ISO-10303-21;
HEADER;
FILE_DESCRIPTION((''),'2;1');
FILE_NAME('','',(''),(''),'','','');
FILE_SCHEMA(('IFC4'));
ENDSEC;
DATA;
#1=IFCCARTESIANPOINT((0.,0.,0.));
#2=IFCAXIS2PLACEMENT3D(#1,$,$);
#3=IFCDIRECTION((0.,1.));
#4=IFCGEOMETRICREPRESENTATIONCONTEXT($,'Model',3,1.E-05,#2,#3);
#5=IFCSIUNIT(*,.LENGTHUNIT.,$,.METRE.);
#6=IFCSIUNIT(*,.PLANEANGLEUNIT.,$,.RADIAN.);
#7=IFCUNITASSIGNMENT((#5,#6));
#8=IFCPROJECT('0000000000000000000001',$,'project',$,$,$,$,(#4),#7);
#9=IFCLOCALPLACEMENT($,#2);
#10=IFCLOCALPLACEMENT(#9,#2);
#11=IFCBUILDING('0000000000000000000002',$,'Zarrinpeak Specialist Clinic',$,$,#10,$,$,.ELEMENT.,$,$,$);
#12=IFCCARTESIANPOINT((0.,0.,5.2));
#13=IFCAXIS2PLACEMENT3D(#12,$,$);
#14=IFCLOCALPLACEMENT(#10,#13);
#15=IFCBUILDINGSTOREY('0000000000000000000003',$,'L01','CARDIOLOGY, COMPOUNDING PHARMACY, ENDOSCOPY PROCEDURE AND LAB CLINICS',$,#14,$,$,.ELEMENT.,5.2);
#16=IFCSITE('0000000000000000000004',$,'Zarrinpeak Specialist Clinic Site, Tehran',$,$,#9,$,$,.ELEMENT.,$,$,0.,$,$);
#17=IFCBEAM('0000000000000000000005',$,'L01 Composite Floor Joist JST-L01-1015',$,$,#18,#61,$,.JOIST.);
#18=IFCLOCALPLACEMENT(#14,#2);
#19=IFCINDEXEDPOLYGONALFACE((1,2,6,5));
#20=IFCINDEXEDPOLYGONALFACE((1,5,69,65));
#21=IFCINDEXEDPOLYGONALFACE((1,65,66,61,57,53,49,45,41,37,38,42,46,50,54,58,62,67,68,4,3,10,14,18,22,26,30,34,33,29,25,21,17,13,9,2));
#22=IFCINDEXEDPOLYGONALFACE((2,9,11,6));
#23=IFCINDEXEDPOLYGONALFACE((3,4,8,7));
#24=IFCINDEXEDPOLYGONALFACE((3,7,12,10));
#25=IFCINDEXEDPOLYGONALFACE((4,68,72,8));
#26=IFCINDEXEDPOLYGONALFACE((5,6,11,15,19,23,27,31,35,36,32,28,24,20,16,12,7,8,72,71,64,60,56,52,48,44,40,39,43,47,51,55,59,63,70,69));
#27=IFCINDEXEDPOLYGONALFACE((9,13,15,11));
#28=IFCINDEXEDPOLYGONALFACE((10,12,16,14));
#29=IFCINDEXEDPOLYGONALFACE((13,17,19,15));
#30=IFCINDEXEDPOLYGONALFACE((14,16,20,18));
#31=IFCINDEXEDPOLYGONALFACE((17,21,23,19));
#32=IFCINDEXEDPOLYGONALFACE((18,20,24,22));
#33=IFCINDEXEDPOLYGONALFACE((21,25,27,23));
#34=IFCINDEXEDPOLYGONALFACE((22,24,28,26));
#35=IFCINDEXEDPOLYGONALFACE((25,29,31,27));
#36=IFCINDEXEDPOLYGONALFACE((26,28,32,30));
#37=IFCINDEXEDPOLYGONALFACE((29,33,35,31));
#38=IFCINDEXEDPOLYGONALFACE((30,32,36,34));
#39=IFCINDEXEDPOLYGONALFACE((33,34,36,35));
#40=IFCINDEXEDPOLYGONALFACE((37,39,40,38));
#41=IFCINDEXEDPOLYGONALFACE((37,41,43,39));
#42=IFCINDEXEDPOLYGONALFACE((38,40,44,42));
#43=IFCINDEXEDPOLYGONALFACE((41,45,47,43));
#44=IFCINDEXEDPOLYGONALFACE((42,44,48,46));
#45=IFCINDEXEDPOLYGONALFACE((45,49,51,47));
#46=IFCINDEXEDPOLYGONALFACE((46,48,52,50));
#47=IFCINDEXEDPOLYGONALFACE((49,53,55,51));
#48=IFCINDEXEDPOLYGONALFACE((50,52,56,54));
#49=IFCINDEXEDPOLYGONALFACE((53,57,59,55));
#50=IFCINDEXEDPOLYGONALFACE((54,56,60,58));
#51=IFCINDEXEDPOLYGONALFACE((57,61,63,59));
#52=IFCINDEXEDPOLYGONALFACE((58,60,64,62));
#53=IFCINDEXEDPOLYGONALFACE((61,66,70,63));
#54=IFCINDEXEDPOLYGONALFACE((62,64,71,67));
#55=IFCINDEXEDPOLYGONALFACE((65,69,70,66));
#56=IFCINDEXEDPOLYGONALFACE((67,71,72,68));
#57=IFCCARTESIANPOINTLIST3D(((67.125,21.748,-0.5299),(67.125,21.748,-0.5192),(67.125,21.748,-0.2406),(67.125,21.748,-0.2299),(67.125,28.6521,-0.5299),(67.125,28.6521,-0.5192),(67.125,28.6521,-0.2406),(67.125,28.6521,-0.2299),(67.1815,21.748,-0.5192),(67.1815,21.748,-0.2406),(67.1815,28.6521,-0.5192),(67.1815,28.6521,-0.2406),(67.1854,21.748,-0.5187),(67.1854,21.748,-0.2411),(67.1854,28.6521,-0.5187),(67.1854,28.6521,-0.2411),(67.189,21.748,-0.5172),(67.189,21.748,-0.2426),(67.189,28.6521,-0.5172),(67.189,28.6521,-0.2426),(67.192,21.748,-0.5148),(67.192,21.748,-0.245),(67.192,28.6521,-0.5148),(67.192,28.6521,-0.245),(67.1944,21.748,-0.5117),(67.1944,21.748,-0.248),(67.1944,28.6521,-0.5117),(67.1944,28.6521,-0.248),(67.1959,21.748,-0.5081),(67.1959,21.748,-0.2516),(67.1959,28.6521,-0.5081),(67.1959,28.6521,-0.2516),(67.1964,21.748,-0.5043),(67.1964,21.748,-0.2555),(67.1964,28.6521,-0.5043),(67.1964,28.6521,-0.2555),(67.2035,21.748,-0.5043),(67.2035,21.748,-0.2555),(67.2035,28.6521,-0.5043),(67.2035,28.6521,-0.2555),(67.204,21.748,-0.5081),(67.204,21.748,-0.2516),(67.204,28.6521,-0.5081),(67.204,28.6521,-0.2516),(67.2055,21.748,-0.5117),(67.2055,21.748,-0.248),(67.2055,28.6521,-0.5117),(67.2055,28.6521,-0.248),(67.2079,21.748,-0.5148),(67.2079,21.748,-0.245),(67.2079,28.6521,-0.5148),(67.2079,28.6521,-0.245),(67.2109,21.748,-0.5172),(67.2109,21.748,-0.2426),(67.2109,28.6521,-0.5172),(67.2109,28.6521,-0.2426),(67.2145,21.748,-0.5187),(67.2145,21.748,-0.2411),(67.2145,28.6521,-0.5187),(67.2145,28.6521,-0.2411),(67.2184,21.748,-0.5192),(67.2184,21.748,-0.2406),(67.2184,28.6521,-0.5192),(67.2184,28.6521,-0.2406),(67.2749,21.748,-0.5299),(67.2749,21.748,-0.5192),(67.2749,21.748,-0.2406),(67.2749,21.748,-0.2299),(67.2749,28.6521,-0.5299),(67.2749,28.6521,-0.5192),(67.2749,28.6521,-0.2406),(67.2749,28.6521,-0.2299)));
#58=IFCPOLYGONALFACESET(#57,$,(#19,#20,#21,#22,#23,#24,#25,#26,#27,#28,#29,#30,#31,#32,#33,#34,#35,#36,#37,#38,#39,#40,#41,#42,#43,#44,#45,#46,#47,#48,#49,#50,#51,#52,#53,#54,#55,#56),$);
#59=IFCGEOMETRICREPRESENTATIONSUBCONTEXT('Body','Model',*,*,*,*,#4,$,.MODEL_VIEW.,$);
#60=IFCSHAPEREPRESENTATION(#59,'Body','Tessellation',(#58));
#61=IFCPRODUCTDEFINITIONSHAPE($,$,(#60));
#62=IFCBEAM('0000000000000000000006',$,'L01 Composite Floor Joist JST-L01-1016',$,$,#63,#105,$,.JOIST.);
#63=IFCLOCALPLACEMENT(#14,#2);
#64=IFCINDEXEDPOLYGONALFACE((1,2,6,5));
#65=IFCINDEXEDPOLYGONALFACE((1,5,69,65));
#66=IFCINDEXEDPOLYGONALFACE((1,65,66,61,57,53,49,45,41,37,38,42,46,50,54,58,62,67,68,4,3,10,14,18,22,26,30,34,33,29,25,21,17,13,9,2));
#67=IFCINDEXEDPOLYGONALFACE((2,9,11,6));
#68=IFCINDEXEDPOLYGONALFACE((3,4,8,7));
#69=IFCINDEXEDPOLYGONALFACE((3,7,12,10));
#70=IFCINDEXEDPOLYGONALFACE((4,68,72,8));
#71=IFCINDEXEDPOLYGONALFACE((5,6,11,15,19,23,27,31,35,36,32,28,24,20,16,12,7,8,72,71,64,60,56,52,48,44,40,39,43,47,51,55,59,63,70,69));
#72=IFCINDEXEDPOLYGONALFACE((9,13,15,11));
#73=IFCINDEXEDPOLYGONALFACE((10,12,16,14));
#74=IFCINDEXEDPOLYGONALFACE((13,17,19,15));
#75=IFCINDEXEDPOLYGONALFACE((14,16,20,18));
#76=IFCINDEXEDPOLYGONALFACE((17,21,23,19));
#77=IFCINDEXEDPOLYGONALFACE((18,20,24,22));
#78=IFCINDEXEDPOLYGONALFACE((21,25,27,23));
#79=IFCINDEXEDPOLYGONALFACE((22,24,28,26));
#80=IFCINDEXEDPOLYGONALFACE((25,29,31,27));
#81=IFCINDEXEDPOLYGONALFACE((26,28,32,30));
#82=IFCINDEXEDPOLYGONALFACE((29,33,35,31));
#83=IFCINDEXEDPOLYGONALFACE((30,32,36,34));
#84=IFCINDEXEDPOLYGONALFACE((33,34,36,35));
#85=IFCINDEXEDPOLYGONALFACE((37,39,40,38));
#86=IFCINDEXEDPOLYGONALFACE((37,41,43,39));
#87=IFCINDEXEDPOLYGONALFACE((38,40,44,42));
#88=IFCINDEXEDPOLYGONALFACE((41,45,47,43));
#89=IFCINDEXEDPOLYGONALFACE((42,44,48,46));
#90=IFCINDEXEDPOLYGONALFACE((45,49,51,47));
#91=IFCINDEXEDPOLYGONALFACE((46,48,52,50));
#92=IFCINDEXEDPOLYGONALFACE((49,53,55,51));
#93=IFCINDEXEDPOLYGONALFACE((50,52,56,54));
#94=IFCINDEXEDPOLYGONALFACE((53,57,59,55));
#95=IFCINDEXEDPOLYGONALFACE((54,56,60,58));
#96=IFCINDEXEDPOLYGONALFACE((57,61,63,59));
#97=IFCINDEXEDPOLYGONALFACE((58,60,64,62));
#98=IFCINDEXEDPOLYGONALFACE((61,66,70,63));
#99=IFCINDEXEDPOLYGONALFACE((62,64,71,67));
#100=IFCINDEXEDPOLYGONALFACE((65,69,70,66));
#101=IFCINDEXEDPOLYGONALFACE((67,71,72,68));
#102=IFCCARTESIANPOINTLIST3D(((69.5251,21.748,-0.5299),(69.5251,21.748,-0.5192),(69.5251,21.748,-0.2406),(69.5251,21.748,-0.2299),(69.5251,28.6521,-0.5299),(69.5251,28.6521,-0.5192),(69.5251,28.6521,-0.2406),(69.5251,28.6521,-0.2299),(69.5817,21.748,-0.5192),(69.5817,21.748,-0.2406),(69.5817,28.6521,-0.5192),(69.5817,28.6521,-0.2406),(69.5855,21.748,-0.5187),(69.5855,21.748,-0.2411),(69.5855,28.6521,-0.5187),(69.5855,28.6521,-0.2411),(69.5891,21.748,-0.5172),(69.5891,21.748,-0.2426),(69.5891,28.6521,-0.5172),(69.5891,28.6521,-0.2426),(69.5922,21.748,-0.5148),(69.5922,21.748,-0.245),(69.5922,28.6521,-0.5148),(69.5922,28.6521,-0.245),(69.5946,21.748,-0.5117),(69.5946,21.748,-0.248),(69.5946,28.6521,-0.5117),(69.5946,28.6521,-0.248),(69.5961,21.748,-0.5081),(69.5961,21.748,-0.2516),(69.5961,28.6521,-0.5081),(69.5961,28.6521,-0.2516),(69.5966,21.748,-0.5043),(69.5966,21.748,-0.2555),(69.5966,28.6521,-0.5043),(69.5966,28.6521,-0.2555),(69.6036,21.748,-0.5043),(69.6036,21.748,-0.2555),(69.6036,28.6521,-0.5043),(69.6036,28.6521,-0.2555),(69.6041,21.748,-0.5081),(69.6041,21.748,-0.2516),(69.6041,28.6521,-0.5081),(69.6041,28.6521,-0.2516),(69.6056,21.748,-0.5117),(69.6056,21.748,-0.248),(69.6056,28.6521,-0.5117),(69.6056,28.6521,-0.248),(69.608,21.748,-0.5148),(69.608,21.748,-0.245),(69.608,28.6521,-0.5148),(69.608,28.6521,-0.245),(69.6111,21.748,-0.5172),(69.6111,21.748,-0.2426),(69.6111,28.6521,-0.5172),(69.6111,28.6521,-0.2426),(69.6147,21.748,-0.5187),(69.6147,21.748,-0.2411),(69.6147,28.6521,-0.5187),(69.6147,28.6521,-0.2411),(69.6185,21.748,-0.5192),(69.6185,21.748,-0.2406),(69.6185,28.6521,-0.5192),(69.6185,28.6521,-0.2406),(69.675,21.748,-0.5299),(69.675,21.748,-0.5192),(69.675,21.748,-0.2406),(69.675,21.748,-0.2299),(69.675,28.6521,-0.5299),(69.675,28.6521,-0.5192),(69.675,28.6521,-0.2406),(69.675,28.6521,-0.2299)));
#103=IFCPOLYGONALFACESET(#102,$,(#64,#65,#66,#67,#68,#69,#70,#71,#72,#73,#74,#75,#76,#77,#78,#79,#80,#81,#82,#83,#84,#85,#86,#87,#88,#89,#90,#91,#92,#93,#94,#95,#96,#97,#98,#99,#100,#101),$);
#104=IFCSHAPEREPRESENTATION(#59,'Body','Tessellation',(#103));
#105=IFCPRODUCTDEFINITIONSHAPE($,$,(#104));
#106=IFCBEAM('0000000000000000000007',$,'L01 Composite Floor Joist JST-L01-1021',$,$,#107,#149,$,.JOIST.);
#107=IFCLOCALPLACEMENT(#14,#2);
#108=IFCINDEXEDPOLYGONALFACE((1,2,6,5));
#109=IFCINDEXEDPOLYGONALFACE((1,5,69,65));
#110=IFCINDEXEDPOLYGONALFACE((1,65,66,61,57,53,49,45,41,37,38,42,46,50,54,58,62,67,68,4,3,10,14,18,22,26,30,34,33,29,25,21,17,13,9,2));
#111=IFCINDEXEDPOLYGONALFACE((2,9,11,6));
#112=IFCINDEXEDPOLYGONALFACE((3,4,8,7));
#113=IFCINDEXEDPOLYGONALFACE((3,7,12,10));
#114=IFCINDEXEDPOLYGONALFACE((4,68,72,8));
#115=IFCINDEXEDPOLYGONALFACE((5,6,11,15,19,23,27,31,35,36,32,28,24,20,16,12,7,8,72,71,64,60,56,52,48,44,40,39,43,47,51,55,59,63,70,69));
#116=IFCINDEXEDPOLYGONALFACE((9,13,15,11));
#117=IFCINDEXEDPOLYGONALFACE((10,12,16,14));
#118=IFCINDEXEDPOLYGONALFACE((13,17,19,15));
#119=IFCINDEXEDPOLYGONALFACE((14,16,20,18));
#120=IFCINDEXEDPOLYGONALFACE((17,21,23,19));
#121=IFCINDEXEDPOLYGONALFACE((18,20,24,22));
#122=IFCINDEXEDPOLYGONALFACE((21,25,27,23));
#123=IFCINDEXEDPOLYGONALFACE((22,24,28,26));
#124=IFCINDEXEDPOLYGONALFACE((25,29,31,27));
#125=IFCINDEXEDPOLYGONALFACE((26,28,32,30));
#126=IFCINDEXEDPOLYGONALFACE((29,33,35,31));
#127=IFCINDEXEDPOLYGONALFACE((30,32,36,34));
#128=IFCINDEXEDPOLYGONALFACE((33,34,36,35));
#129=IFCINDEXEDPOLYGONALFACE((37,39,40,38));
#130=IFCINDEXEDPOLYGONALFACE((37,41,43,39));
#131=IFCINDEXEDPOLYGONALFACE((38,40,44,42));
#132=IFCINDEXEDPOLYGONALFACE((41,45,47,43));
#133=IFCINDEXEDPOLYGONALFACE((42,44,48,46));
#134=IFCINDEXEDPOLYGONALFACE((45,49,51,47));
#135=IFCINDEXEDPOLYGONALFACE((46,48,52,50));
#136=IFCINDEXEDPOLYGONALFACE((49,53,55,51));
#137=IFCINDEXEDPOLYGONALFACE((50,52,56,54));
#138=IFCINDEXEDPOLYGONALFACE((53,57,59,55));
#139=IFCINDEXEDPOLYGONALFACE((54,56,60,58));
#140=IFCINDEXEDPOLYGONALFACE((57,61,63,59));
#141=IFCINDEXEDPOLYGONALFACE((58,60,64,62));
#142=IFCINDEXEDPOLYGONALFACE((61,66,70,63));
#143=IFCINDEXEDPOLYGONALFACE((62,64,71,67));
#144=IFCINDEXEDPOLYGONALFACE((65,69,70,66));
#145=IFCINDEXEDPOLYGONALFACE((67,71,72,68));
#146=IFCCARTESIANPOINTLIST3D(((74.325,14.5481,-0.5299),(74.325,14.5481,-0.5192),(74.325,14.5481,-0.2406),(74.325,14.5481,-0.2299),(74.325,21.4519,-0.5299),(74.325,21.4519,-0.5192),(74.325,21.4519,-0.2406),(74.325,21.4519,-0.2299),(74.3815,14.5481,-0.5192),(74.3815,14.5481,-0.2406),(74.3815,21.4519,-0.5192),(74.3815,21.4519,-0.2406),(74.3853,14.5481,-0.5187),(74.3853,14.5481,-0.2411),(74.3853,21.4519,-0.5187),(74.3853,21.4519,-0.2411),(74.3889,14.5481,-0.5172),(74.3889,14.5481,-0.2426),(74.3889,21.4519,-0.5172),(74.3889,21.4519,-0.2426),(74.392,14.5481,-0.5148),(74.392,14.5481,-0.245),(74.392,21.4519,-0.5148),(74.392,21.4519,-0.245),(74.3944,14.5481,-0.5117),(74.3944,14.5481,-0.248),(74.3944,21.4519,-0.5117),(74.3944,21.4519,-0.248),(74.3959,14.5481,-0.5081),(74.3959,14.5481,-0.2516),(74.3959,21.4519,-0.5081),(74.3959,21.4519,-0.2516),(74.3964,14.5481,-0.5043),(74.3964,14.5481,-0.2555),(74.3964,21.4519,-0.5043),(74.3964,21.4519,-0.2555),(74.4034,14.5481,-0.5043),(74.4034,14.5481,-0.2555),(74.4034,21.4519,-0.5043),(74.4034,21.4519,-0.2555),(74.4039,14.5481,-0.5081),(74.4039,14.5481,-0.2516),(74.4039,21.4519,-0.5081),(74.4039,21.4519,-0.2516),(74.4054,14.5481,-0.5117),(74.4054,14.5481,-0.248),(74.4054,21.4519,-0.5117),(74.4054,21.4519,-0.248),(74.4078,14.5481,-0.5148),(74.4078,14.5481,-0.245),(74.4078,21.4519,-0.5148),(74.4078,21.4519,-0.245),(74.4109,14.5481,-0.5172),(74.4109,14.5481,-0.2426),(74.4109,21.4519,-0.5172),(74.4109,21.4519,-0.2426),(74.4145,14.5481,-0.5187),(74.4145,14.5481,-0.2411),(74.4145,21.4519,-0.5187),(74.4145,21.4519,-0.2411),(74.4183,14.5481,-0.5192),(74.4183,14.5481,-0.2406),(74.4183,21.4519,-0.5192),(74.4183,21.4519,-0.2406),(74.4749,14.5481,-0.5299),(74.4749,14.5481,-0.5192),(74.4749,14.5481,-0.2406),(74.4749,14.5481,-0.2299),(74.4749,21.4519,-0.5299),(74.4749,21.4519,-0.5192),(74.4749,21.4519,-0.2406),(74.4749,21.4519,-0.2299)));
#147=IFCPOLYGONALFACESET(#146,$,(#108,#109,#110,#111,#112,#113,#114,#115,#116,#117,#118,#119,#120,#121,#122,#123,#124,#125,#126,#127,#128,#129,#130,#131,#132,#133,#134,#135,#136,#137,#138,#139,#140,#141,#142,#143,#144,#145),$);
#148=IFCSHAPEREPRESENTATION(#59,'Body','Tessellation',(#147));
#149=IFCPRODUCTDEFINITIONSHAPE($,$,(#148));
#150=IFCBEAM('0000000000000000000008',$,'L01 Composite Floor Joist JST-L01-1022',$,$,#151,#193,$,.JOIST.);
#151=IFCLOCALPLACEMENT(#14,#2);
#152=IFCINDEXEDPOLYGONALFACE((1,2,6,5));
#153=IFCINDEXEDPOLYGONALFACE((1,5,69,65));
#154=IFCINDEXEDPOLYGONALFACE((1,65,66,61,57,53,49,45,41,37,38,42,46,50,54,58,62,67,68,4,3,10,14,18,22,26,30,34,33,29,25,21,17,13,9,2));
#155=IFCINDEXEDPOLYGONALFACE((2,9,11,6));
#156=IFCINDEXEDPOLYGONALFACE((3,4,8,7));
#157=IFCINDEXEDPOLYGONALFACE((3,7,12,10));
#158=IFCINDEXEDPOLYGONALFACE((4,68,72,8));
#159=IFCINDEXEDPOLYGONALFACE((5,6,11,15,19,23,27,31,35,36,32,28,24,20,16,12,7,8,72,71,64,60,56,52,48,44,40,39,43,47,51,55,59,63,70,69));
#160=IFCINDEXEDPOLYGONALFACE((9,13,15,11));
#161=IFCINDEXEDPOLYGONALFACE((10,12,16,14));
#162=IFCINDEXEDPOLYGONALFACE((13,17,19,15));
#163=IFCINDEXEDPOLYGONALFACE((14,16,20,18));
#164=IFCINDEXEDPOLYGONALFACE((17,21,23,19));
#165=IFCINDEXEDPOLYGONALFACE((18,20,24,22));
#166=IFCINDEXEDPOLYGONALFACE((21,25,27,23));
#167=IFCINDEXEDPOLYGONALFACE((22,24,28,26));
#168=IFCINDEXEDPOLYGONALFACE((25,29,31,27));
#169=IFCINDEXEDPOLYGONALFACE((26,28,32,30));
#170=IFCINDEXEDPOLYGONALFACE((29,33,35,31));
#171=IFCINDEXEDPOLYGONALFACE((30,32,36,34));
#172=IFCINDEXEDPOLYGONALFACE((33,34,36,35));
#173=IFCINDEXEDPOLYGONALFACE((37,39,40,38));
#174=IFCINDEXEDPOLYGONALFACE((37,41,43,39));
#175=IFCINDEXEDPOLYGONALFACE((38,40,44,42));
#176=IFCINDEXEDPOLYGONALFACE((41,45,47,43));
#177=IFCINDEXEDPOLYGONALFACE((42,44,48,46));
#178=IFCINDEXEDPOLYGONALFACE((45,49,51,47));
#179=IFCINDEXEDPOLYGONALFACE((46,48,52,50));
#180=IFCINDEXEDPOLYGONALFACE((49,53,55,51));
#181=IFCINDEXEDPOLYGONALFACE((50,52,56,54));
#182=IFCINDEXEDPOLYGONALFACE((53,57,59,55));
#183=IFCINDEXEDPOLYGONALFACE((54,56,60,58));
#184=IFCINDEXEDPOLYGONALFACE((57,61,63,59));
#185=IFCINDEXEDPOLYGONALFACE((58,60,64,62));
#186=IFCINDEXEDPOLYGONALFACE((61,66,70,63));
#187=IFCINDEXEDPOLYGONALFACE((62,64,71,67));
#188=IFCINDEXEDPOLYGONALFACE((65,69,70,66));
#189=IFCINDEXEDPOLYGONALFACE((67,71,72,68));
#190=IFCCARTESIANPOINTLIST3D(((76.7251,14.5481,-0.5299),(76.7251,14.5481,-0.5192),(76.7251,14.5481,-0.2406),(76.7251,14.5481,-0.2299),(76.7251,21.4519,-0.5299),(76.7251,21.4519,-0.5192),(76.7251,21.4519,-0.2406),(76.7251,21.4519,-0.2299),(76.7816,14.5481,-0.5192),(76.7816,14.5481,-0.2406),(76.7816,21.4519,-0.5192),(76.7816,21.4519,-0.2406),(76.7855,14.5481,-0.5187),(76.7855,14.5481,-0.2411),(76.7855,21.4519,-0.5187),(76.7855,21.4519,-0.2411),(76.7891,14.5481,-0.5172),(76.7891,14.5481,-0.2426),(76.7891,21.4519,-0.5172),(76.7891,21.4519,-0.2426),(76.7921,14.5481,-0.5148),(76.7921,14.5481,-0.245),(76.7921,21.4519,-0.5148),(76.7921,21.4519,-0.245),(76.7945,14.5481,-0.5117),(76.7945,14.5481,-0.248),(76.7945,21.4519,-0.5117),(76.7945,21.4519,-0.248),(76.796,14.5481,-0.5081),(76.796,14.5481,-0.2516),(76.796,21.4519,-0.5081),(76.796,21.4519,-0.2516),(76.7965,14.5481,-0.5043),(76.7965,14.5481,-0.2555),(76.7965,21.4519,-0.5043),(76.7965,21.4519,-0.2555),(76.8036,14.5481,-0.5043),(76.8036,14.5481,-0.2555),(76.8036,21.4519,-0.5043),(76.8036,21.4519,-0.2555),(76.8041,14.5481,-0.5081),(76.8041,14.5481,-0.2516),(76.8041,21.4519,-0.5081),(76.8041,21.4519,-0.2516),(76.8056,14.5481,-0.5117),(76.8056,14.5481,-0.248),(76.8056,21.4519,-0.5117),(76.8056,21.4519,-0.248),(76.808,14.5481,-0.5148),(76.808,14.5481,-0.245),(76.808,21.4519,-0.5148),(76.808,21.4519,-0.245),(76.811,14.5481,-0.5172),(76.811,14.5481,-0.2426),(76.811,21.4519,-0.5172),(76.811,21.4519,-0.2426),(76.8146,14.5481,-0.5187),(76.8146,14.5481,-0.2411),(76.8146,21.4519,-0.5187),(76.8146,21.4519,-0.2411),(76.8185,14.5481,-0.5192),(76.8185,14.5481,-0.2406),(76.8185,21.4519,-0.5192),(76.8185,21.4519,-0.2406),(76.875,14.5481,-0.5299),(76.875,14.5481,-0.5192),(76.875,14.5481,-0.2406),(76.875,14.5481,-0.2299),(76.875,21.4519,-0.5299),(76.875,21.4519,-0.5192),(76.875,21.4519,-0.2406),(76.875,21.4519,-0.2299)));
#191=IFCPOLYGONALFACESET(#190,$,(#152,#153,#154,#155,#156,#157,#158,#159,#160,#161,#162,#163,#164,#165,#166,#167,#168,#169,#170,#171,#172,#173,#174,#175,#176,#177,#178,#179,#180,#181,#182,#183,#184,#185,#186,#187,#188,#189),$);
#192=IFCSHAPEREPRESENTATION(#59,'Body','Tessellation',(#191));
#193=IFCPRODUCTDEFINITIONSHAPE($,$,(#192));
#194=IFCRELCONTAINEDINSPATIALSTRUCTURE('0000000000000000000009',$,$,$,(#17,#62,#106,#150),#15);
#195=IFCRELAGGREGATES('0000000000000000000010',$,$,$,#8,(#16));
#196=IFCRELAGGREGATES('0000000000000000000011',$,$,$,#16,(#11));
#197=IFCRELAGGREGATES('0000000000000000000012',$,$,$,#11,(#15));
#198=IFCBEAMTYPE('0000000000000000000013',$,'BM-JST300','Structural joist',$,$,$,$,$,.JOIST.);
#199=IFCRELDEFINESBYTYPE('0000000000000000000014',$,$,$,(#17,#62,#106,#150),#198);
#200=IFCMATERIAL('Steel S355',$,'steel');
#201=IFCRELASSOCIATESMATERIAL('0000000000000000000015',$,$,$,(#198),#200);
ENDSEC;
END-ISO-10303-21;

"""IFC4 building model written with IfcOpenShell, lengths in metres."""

from ifc_helpers import new_model, si_unit, direction, frame, origin, origin_2d, place, context, subcontext, project, spatial, i_section, extrude, material, material_profile, profile_set, type_object, element, save


model = new_model("IFC4")

# Units and contexts
model_context = context("Model", 3, precision=1e-05, world=origin(), true_north=direction((0.0, 1.0)))
body_context = subcontext(model_context, "Body", "Model", "MODEL_VIEW")
ifc_project = project(units=[si_unit("LENGTHUNIT", "METRE"), si_unit("PLANEANGLEUNIT", "RADIAN")], contexts=[model_context])

# Site, building, storey
site_placement = place(None, origin())
site = spatial("IfcSite", under=ifc_project, at=site_placement, Name="Zarrinpeak Specialist Clinic Site, Tehran", CompositionType="ELEMENT", RefElevation=0.0)
building_placement = place(site_placement, origin())
building = spatial("IfcBuilding", under=site, at=building_placement, Name="Zarrinpeak Specialist Clinic", CompositionType="ELEMENT")
storey_placement = place(building_placement, frame((0.0, 0.0, 5.2)))
storey = spatial("IfcBuildingStorey", under=building, at=storey_placement, Name="L01", Description="CARDIOLOGY, COMPOUNDING PHARMACY, ENDOSCOPY PROCEDURE AND LAB CLINICS", CompositionType="ELEMENT", Elevation=5.2)

# Shared definitions
ifc_material_1 = material(Name="Steel S355", Category="steel")

# Beams
ifc_material_profile_1 = material_profile(ifc_material_1, i_section(OverallWidth=0.1499, OverallDepth=0.3, WebThickness=0.0071, FlangeThickness=0.0107, FilletRadius=0.0149, at=origin_2d()), Name="IPE 300")
ifc_profile_set_1 = profile_set([ifc_material_profile_1], Name="Steel S355")
beam_type_1 = type_object("IfcBeamType", Name="BM-JST300", Description="Structural joist", PredefinedType="JOIST", material=ifc_profile_set_1)
for number, where, z_axis, x_axis, name in (
    (1, (67.2, 21.748, -0.3799), (0.0, 1.0, 0.0), (-1.0, 0.0, 0.0), "L01 Composite Floor Joist JST-L01-1015"),
    (2, (69.6001, 21.748, -0.3799), (0.0, 1.0, 0.0), (-1.0, 0.0, 0.0), "L01 Composite Floor Joist JST-L01-1016"),
):
    element("IfcBeam", number, at=place(storey_placement, frame(where, z_axis=z_axis, x_axis=x_axis)), inside=storey, type_object=beam_type_1, Name=name, PredefinedType="JOIST", context=body_context, shape_type="SweptSolid", body=[
        extrude(i_section(OverallWidth=0.1499, OverallDepth=0.3, WebThickness=0.0071, FlangeThickness=0.0107, FilletRadius=0.0149, at=origin_2d()), origin(), (0.0, 0.0, 1.0), 6.9041),
    ])
for number, where, z_axis, x_axis, name in (
    (3, (74.3999, 14.5481, -0.3799), (0.0, 1.0, 0.0), (-1.0, 0.0, 0.0), "L01 Composite Floor Joist JST-L01-1021"),
    (4, (76.8, 14.5481, -0.3799), (0.0, 1.0, 0.0), (-1.0, 0.0, 0.0), "L01 Composite Floor Joist JST-L01-1022"),
):
    element("IfcBeam", number, at=place(storey_placement, frame(where, z_axis=z_axis, x_axis=x_axis)), inside=storey, type_object=beam_type_1, Name=name, PredefinedType="JOIST", context=body_context, shape_type="SweptSolid", body=[
        extrude(i_section(OverallWidth=0.1499, OverallDepth=0.3, WebThickness=0.0071, FlangeThickness=0.0107, FilletRadius=0.0149, at=origin_2d()), origin(), (0.0, 0.0, 1.0), 6.9038),
    ])

save(model, "model.ifc")
